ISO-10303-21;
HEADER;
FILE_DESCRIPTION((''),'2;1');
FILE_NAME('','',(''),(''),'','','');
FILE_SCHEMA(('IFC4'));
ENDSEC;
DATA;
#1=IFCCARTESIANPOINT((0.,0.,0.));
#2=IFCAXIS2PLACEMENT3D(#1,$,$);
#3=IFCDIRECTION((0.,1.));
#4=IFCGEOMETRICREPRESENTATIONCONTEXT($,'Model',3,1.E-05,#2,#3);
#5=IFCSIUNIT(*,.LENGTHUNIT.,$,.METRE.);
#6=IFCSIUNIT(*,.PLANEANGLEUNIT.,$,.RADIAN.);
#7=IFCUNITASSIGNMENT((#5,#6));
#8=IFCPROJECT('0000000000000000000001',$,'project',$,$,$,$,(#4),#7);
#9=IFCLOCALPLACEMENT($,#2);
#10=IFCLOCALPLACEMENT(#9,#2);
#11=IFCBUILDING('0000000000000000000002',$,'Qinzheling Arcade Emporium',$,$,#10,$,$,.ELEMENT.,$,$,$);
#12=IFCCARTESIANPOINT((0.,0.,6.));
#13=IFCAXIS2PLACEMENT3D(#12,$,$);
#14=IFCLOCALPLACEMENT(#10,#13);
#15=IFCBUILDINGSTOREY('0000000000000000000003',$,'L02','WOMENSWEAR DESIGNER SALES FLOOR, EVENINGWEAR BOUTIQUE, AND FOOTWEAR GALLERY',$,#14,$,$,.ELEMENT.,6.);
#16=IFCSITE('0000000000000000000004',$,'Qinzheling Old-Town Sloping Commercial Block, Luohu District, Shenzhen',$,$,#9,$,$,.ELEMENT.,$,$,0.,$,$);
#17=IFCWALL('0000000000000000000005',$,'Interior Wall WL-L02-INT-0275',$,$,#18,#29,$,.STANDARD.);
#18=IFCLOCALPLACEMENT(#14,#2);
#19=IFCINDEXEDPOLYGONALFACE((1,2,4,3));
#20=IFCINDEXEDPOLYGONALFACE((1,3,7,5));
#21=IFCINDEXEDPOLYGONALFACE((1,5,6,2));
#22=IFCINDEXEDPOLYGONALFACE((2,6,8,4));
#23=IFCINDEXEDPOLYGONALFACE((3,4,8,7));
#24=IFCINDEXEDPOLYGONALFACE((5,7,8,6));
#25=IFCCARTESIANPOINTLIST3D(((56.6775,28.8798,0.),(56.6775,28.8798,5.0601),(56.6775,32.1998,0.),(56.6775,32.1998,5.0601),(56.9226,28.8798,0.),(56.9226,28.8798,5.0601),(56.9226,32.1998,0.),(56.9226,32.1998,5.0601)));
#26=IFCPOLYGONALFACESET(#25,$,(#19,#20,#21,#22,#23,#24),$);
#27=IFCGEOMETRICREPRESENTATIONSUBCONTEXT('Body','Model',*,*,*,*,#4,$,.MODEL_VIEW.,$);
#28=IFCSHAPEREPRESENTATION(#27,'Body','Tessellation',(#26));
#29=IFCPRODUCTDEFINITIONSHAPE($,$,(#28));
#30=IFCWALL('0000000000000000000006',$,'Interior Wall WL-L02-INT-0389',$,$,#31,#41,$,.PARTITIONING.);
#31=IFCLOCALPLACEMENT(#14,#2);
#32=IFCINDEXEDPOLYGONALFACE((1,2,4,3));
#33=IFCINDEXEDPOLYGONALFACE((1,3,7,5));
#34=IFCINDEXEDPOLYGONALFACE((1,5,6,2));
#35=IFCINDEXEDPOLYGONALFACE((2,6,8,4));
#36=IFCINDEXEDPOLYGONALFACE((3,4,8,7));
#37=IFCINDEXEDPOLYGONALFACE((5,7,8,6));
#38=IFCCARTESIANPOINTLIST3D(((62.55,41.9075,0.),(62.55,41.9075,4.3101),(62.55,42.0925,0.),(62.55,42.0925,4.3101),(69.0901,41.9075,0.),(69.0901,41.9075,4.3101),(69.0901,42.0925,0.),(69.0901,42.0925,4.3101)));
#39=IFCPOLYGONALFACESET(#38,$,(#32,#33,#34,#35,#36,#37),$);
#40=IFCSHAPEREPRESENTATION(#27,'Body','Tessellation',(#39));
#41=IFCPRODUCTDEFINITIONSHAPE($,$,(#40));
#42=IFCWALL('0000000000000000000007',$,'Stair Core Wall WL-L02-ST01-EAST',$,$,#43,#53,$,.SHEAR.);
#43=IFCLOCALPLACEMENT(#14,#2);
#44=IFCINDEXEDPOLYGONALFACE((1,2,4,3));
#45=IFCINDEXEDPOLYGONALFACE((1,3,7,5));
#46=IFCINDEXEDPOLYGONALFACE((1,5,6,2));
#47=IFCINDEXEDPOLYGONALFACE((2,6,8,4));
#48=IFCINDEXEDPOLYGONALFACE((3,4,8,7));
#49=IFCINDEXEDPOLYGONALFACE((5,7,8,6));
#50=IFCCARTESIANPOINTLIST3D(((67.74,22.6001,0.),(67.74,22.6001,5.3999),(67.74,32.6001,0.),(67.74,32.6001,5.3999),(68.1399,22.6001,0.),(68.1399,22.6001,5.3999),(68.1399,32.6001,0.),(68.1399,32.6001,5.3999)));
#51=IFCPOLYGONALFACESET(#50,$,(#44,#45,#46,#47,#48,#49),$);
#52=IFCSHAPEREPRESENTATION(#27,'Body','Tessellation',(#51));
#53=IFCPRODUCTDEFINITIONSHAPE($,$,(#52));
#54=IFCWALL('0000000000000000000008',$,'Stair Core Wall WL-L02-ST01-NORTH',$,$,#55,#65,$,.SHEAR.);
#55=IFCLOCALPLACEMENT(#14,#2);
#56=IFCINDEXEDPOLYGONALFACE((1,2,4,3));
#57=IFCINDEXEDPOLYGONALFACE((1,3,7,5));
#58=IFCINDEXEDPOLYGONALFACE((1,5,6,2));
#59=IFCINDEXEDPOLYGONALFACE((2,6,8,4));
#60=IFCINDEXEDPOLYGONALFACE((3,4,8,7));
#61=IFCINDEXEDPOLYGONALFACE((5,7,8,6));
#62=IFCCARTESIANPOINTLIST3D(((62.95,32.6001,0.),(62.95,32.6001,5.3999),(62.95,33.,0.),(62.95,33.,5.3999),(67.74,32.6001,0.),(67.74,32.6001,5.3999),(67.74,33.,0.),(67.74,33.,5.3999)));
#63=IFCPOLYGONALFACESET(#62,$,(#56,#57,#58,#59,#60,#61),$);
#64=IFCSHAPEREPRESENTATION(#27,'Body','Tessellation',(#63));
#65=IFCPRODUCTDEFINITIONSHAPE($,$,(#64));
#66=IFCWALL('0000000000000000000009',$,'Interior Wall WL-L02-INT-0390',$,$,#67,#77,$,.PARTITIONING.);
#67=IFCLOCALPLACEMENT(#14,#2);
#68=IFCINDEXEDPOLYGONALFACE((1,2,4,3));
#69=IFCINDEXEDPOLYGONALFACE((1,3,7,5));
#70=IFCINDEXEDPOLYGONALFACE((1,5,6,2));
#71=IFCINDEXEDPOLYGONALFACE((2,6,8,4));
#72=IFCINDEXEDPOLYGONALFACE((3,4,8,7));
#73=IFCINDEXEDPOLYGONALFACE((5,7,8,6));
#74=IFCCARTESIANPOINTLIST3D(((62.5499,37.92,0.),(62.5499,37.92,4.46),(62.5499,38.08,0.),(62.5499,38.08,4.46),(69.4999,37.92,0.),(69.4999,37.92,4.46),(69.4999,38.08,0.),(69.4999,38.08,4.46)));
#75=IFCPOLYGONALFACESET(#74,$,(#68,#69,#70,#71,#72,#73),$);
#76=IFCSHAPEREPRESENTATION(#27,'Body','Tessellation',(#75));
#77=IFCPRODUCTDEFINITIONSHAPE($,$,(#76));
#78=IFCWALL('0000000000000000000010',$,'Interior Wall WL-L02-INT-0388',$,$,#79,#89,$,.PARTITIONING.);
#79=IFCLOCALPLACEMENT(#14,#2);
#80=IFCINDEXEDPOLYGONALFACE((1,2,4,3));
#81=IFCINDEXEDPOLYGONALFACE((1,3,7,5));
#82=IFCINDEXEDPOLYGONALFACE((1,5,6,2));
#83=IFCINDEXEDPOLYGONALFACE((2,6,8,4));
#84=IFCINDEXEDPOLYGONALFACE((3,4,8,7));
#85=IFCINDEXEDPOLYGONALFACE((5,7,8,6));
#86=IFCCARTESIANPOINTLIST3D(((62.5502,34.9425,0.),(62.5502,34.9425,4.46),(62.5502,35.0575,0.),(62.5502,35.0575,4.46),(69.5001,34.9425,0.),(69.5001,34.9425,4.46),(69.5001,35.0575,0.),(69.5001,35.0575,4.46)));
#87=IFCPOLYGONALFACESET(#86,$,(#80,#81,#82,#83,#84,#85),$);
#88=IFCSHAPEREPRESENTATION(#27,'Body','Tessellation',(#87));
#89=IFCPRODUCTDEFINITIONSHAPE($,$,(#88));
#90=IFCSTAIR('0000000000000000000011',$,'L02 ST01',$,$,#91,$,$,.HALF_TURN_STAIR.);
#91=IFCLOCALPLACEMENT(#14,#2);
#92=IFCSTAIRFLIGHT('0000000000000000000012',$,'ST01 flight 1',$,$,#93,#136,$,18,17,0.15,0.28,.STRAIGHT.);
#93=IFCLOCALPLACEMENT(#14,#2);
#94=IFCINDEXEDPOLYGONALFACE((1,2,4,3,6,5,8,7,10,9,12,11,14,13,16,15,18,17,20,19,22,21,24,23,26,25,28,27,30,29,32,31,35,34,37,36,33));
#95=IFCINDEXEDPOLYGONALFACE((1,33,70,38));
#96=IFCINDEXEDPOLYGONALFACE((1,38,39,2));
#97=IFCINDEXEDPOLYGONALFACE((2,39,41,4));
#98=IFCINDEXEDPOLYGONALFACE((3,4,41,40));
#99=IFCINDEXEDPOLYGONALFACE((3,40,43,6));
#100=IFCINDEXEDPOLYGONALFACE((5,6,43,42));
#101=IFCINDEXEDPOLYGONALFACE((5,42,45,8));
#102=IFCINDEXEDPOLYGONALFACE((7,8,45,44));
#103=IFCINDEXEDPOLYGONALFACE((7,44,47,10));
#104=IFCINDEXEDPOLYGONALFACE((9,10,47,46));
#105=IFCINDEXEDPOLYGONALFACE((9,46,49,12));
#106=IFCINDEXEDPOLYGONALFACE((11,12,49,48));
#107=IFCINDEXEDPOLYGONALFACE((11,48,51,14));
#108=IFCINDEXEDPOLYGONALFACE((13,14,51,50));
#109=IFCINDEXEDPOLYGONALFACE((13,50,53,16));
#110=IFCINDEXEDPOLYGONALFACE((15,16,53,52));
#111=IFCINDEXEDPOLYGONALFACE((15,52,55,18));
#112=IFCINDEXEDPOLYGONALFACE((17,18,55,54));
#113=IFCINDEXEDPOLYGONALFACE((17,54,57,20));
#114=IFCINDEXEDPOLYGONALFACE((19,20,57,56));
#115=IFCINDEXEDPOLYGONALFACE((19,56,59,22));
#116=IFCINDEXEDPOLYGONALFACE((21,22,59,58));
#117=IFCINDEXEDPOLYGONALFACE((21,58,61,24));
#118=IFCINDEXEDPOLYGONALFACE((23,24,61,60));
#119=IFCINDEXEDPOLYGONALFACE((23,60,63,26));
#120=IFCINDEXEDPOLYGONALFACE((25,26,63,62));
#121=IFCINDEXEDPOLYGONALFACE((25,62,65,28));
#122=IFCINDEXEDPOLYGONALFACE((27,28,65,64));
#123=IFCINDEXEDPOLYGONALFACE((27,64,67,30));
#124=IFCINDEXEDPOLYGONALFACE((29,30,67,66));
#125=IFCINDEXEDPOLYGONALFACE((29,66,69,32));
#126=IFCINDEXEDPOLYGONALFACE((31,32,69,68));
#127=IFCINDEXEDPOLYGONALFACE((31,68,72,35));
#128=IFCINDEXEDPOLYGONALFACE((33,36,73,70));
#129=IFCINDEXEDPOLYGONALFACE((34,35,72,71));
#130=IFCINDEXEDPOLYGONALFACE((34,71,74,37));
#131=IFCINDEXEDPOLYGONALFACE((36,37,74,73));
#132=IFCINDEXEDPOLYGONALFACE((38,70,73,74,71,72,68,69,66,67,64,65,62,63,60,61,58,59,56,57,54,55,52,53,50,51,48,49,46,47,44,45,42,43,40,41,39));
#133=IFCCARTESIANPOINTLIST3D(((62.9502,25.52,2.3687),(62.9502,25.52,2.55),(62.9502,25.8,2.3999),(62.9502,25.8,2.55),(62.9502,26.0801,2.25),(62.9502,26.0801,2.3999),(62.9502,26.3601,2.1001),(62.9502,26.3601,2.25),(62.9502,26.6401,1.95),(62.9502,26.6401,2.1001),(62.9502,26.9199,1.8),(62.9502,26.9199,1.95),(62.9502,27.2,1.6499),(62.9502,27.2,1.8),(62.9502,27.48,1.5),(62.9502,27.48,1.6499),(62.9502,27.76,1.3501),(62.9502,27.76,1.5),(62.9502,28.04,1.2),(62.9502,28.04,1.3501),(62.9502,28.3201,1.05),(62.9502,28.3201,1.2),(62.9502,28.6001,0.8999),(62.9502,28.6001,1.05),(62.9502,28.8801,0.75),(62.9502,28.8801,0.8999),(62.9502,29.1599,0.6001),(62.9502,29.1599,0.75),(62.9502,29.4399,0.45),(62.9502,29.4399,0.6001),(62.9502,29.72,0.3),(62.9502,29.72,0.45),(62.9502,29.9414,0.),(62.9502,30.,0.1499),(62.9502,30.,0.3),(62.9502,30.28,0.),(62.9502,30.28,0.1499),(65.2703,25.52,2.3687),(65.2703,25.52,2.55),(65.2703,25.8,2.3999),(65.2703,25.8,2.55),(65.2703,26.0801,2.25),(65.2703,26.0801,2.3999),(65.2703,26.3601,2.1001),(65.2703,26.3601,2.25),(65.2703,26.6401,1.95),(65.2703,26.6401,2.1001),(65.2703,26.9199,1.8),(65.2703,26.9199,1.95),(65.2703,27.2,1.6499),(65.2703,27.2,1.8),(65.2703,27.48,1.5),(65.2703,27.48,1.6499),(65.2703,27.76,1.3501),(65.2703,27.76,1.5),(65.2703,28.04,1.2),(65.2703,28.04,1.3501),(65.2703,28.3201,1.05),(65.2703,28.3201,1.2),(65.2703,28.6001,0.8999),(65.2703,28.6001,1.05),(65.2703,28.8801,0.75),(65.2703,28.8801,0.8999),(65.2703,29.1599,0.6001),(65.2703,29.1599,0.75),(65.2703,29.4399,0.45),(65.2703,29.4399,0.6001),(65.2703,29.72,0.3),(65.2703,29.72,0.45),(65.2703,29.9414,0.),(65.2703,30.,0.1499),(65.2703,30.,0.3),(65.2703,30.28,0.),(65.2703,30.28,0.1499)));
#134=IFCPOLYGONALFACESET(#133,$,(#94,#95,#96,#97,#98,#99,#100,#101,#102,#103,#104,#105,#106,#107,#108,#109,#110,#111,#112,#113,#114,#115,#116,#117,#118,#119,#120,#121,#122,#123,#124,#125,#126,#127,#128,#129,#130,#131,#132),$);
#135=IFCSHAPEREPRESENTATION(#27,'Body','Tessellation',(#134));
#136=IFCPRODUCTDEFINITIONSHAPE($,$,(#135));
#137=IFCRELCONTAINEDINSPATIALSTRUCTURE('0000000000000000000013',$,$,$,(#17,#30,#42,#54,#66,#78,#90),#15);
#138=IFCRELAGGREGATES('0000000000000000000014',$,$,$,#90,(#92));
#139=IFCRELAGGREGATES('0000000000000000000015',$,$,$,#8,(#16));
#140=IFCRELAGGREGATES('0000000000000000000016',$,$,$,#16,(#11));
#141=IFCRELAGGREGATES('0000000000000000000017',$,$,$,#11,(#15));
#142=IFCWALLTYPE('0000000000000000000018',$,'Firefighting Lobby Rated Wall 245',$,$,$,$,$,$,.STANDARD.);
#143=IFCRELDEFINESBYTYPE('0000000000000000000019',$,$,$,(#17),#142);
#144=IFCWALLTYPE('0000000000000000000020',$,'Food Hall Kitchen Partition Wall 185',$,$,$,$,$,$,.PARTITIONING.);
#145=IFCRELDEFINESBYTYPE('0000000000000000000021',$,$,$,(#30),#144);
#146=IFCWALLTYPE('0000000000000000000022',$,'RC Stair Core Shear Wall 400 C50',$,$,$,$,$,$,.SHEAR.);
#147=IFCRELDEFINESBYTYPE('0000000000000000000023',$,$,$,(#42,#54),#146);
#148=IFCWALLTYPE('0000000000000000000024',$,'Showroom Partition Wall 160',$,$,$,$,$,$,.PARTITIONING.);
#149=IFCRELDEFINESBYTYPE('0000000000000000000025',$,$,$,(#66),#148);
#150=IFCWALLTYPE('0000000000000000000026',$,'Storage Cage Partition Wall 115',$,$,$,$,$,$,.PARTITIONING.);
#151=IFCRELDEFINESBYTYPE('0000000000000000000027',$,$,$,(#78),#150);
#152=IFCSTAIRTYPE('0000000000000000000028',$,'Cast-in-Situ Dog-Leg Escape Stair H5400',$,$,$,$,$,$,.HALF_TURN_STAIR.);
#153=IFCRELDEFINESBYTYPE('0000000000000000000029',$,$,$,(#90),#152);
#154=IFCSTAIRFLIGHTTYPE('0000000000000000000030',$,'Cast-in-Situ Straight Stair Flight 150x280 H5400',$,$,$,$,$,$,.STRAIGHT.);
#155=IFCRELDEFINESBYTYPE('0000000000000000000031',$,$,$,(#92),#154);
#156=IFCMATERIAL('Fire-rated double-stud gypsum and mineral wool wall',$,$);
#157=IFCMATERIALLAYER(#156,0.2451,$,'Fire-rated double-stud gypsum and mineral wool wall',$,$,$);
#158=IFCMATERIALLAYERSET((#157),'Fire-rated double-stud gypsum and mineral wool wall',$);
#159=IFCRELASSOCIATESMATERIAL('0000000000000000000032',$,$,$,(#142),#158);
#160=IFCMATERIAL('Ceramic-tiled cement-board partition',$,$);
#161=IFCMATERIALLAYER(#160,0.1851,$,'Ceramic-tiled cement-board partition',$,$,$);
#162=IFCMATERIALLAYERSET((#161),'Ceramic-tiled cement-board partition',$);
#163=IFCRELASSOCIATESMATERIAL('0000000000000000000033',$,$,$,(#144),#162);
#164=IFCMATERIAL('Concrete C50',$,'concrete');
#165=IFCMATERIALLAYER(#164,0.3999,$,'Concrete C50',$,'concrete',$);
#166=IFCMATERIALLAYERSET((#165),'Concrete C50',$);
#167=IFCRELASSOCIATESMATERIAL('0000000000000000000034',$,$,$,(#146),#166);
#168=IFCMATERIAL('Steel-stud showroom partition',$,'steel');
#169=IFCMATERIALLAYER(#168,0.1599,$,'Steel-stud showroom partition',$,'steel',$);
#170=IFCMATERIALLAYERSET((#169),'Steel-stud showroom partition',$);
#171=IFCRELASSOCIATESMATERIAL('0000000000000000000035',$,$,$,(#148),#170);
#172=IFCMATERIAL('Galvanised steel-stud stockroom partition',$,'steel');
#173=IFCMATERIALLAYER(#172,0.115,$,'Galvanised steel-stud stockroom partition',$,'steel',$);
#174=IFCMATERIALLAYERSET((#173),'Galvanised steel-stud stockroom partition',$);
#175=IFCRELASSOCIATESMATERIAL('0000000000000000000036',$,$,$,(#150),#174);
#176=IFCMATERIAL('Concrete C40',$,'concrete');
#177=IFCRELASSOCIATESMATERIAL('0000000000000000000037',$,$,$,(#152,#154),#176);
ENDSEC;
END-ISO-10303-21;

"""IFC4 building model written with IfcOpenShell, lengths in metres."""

from ifc_helpers import new_model, si_unit, direction, frame, frame_2d, origin, place, context, subcontext, project, spatial, polyline, rectangle, outline, extrude, material, layer, layer_set, type_object, element, aggregate, save


model = new_model("IFC4")

# Units and contexts
model_context = context("Model", 3, precision=1e-05, world=origin(), true_north=direction((0.0, 1.0)))
body_context = subcontext(model_context, "Body", "Model", "MODEL_VIEW")
ifc_project = project(units=[si_unit("LENGTHUNIT", "METRE"), si_unit("PLANEANGLEUNIT", "RADIAN")], contexts=[model_context])

# Site, building, storey
site_placement = place(None, origin())
site = spatial("IfcSite", under=ifc_project, at=site_placement, Name="Qinzheling Old-Town Sloping Commercial Block, Luohu District, Shenzhen", CompositionType="ELEMENT", RefElevation=0.0)
building_placement = place(site_placement, origin())
building = spatial("IfcBuilding", under=site, at=building_placement, Name="Qinzheling Arcade Emporium", CompositionType="ELEMENT")
storey_placement = place(building_placement, frame((0.0, 0.0, 6.0)))
storey = spatial("IfcBuildingStorey", under=building, at=storey_placement, Name="L02", Description="WOMENSWEAR DESIGNER SALES FLOOR, EVENINGWEAR BOUTIQUE, AND FOOTWEAR GALLERY", CompositionType="ELEMENT", Elevation=6.0)

# Shared definitions
ifc_material_1 = material(Name="Concrete C50", Category="concrete")

# Shared definitions
ifc_material_2 = material(Name="Concrete C40", Category="concrete")

# Walls
ifc_material_3 = material(Name="Fire-rated double-stud gypsum and mineral wool wall")
ifc_layer_1 = layer(ifc_material_3, 0.2451, Name="Fire-rated double-stud gypsum and mineral wool wall")
ifc_layer_set_1 = layer_set([ifc_layer_1], Name="Fire-rated double-stud gypsum and mineral wool wall")
wall_type_1 = type_object("IfcWallType", Name="Firefighting Lobby Rated Wall 245", PredefinedType="STANDARD", material=ifc_layer_set_1)
wall_1_placement = place(storey_placement, frame((56.8, 32.2, 0.0), z_axis=(0.0, 0.0, 1.0), x_axis=(0.0, -1.0, 0.0)))
element("IfcWall", 1, at=wall_1_placement, inside=storey, type_object=wall_type_1, Name="Interior Wall WL-L02-INT-0275", PredefinedType="STANDARD", context=body_context, shape_type="SweptSolid", body=[
    extrude(rectangle(XDim=3.3201, YDim=0.2451, at=frame_2d((1.6602, 0.0))), origin(), (0.0, 0.0, 1.0), 5.0601),
])
ifc_material_4 = material(Name="Ceramic-tiled cement-board partition")
ifc_layer_2 = layer(ifc_material_4, 0.1851, Name="Ceramic-tiled cement-board partition")
ifc_layer_set_2 = layer_set([ifc_layer_2], Name="Ceramic-tiled cement-board partition")
wall_type_2 = type_object("IfcWallType", Name="Food Hall Kitchen Partition Wall 185", PredefinedType="PARTITIONING", material=ifc_layer_set_2)
wall_2_placement = place(storey_placement, frame((62.55, 42.0, 0.0), z_axis=(0.0, 0.0, 1.0), x_axis=(1.0, 0.0, 0.0)))
element("IfcWall", 2, at=wall_2_placement, inside=storey, type_object=wall_type_2, Name="Interior Wall WL-L02-INT-0389", PredefinedType="PARTITIONING", context=body_context, shape_type="SweptSolid", body=[
    extrude(rectangle(XDim=6.54, YDim=0.1851, at=frame_2d((3.27, 0.0))), origin(), (0.0, 0.0, 1.0), 4.3101),
])
ifc_layer_3 = layer(ifc_material_1, 0.3999, Name="Concrete C50", Category="concrete")
ifc_layer_set_3 = layer_set([ifc_layer_3], Name="Concrete C50")
wall_type_3 = type_object("IfcWallType", Name="RC Stair Core Shear Wall 400 C50", PredefinedType="SHEAR", material=ifc_layer_set_3)
wall_3_placement = place(storey_placement, frame((67.9399, 32.6001, 0.0), z_axis=(0.0, 0.0, 1.0), x_axis=(0.0, -1.0, 0.0)))
element("IfcWall", 3, at=wall_3_placement, inside=storey, type_object=wall_type_3, Name="Stair Core Wall WL-L02-ST01-EAST", PredefinedType="SHEAR", context=body_context, shape_type="SweptSolid", body=[
    extrude(rectangle(XDim=10.0, YDim=0.3999, at=frame_2d((5.0, 0.0))), origin(), (0.0, 0.0, 1.0), 5.3999),
])
wall_4_placement = place(storey_placement, frame((62.95, 32.8, 0.0), z_axis=(0.0, 0.0, 1.0), x_axis=(1.0, 0.0, 0.0)))
element("IfcWall", 4, at=wall_4_placement, inside=storey, type_object=wall_type_3, Name="Stair Core Wall WL-L02-ST01-NORTH", PredefinedType="SHEAR", context=body_context, shape_type="SweptSolid", body=[
    extrude(rectangle(XDim=4.79, YDim=0.3999, at=frame_2d((2.395, 0.0))), origin(), (0.0, 0.0, 1.0), 5.3999),
])
ifc_material_5 = material(Name="Steel-stud showroom partition", Category="steel")
ifc_layer_4 = layer(ifc_material_5, 0.1599, Name="Steel-stud showroom partition", Category="steel")
ifc_layer_set_4 = layer_set([ifc_layer_4], Name="Steel-stud showroom partition")
wall_type_4 = type_object("IfcWallType", Name="Showroom Partition Wall 160", PredefinedType="PARTITIONING", material=ifc_layer_set_4)
wall_5_placement = place(storey_placement, frame((69.5, 38.0, 0.0), z_axis=(0.0, 0.0, 1.0), x_axis=(-1.0, 0.0, 0.0)))
element("IfcWall", 5, at=wall_5_placement, inside=storey, type_object=wall_type_4, Name="Interior Wall WL-L02-INT-0390", PredefinedType="PARTITIONING", context=body_context, shape_type="SweptSolid", body=[
    extrude(rectangle(XDim=6.95, YDim=0.1599, at=frame_2d((3.4751, 0.0))), origin(), (0.0, 0.0, 1.0), 4.46),
])
ifc_material_6 = material(Name="Galvanised steel-stud stockroom partition", Category="steel")
ifc_layer_5 = layer(ifc_material_6, 0.115, Name="Galvanised steel-stud stockroom partition", Category="steel")
ifc_layer_set_5 = layer_set([ifc_layer_5], Name="Galvanised steel-stud stockroom partition")
wall_type_5 = type_object("IfcWallType", Name="Storage Cage Partition Wall 115", PredefinedType="PARTITIONING", material=ifc_layer_set_5)
wall_6_placement = place(storey_placement, frame((62.55, 35.0, 0.0), z_axis=(0.0, 0.0, 1.0), x_axis=(1.0, 0.0, 0.0)))
element("IfcWall", 6, at=wall_6_placement, inside=storey, type_object=wall_type_5, Name="Interior Wall WL-L02-INT-0388", PredefinedType="PARTITIONING", context=body_context, shape_type="SweptSolid", body=[
    extrude(rectangle(XDim=6.95, YDim=0.115, at=frame_2d((3.4751, 0.0))), origin(), (0.0, 0.0, 1.0), 4.46),
])

# Stair, stair flight
stair_type = type_object("IfcStairType", Name="Cast-in-Situ Dog-Leg Escape Stair H5400", PredefinedType="HALF_TURN_STAIR", material=ifc_material_2)
stair_placement = place(storey_placement, origin())
stair = element("IfcStair", 7, at=stair_placement, inside=storey, type_object=stair_type, Name="L02 ST01", PredefinedType="HALF_TURN_STAIR")
stair_flight_type = type_object("IfcStairFlightType", Name="Cast-in-Situ Straight Stair Flight 150x280 H5400", PredefinedType="STRAIGHT", material=ifc_material_2)
stair_flight_placement = place(storey_placement, frame((64.1101, 30.28, 0.0), z_axis=(0.0, 0.0, 1.0), x_axis=(0.0, -1.0, 0.0)))
stair_flight = element("IfcStairFlight", 8, at=stair_flight_placement, type_object=stair_flight_type, Name="ST01 flight 1", NumberOfRisers=18, NumberOfTreads=17, PredefinedType="STRAIGHT", RiserHeight=0.15, TreadLength=0.28, context=body_context, shape_type="SweptSolid", body=[
    extrude(outline(polyline([(0.0, 0.0), (0.0, 0.1499), (0.28, 0.1499), (0.28, 0.3), (0.5601, 0.3), (0.5601, 0.45), (0.8401, 0.45), (0.8401, 0.6001), (1.1201, 0.6001), (1.1201, 0.75), (1.3999, 0.75), (1.3999, 0.8999), (1.6799, 0.8999), (1.6799, 1.05), (1.96, 1.05), (1.96, 1.2), (2.24, 1.2), (2.24, 1.3501), (2.52, 1.3501), (2.52, 1.5), (2.8, 1.5), (2.8, 1.6499), (3.0801, 1.6499), (3.0801, 1.8), (3.3601, 1.8), (3.3601, 1.95), (3.6399, 1.95), (3.6399, 2.1001), (3.9199, 2.1001), (3.9199, 2.25), (4.2, 2.25), (4.2, 2.3999), (4.48, 2.3999), (4.48, 2.55), (4.76, 2.55), (4.76, 2.7), (4.76, 2.3687), (0.3386, 0.0), (0.0, 0.0)])), frame((0.0, 1.1602, 0.0), z_axis=(0.0, -1.0, 0.0), x_axis=(1.0, 0.0, 0.0)), (0.0, 0.0, 1.0), 2.3201),
])
aggregate(stair, [stair_flight])

save(model, "model.ifc")
